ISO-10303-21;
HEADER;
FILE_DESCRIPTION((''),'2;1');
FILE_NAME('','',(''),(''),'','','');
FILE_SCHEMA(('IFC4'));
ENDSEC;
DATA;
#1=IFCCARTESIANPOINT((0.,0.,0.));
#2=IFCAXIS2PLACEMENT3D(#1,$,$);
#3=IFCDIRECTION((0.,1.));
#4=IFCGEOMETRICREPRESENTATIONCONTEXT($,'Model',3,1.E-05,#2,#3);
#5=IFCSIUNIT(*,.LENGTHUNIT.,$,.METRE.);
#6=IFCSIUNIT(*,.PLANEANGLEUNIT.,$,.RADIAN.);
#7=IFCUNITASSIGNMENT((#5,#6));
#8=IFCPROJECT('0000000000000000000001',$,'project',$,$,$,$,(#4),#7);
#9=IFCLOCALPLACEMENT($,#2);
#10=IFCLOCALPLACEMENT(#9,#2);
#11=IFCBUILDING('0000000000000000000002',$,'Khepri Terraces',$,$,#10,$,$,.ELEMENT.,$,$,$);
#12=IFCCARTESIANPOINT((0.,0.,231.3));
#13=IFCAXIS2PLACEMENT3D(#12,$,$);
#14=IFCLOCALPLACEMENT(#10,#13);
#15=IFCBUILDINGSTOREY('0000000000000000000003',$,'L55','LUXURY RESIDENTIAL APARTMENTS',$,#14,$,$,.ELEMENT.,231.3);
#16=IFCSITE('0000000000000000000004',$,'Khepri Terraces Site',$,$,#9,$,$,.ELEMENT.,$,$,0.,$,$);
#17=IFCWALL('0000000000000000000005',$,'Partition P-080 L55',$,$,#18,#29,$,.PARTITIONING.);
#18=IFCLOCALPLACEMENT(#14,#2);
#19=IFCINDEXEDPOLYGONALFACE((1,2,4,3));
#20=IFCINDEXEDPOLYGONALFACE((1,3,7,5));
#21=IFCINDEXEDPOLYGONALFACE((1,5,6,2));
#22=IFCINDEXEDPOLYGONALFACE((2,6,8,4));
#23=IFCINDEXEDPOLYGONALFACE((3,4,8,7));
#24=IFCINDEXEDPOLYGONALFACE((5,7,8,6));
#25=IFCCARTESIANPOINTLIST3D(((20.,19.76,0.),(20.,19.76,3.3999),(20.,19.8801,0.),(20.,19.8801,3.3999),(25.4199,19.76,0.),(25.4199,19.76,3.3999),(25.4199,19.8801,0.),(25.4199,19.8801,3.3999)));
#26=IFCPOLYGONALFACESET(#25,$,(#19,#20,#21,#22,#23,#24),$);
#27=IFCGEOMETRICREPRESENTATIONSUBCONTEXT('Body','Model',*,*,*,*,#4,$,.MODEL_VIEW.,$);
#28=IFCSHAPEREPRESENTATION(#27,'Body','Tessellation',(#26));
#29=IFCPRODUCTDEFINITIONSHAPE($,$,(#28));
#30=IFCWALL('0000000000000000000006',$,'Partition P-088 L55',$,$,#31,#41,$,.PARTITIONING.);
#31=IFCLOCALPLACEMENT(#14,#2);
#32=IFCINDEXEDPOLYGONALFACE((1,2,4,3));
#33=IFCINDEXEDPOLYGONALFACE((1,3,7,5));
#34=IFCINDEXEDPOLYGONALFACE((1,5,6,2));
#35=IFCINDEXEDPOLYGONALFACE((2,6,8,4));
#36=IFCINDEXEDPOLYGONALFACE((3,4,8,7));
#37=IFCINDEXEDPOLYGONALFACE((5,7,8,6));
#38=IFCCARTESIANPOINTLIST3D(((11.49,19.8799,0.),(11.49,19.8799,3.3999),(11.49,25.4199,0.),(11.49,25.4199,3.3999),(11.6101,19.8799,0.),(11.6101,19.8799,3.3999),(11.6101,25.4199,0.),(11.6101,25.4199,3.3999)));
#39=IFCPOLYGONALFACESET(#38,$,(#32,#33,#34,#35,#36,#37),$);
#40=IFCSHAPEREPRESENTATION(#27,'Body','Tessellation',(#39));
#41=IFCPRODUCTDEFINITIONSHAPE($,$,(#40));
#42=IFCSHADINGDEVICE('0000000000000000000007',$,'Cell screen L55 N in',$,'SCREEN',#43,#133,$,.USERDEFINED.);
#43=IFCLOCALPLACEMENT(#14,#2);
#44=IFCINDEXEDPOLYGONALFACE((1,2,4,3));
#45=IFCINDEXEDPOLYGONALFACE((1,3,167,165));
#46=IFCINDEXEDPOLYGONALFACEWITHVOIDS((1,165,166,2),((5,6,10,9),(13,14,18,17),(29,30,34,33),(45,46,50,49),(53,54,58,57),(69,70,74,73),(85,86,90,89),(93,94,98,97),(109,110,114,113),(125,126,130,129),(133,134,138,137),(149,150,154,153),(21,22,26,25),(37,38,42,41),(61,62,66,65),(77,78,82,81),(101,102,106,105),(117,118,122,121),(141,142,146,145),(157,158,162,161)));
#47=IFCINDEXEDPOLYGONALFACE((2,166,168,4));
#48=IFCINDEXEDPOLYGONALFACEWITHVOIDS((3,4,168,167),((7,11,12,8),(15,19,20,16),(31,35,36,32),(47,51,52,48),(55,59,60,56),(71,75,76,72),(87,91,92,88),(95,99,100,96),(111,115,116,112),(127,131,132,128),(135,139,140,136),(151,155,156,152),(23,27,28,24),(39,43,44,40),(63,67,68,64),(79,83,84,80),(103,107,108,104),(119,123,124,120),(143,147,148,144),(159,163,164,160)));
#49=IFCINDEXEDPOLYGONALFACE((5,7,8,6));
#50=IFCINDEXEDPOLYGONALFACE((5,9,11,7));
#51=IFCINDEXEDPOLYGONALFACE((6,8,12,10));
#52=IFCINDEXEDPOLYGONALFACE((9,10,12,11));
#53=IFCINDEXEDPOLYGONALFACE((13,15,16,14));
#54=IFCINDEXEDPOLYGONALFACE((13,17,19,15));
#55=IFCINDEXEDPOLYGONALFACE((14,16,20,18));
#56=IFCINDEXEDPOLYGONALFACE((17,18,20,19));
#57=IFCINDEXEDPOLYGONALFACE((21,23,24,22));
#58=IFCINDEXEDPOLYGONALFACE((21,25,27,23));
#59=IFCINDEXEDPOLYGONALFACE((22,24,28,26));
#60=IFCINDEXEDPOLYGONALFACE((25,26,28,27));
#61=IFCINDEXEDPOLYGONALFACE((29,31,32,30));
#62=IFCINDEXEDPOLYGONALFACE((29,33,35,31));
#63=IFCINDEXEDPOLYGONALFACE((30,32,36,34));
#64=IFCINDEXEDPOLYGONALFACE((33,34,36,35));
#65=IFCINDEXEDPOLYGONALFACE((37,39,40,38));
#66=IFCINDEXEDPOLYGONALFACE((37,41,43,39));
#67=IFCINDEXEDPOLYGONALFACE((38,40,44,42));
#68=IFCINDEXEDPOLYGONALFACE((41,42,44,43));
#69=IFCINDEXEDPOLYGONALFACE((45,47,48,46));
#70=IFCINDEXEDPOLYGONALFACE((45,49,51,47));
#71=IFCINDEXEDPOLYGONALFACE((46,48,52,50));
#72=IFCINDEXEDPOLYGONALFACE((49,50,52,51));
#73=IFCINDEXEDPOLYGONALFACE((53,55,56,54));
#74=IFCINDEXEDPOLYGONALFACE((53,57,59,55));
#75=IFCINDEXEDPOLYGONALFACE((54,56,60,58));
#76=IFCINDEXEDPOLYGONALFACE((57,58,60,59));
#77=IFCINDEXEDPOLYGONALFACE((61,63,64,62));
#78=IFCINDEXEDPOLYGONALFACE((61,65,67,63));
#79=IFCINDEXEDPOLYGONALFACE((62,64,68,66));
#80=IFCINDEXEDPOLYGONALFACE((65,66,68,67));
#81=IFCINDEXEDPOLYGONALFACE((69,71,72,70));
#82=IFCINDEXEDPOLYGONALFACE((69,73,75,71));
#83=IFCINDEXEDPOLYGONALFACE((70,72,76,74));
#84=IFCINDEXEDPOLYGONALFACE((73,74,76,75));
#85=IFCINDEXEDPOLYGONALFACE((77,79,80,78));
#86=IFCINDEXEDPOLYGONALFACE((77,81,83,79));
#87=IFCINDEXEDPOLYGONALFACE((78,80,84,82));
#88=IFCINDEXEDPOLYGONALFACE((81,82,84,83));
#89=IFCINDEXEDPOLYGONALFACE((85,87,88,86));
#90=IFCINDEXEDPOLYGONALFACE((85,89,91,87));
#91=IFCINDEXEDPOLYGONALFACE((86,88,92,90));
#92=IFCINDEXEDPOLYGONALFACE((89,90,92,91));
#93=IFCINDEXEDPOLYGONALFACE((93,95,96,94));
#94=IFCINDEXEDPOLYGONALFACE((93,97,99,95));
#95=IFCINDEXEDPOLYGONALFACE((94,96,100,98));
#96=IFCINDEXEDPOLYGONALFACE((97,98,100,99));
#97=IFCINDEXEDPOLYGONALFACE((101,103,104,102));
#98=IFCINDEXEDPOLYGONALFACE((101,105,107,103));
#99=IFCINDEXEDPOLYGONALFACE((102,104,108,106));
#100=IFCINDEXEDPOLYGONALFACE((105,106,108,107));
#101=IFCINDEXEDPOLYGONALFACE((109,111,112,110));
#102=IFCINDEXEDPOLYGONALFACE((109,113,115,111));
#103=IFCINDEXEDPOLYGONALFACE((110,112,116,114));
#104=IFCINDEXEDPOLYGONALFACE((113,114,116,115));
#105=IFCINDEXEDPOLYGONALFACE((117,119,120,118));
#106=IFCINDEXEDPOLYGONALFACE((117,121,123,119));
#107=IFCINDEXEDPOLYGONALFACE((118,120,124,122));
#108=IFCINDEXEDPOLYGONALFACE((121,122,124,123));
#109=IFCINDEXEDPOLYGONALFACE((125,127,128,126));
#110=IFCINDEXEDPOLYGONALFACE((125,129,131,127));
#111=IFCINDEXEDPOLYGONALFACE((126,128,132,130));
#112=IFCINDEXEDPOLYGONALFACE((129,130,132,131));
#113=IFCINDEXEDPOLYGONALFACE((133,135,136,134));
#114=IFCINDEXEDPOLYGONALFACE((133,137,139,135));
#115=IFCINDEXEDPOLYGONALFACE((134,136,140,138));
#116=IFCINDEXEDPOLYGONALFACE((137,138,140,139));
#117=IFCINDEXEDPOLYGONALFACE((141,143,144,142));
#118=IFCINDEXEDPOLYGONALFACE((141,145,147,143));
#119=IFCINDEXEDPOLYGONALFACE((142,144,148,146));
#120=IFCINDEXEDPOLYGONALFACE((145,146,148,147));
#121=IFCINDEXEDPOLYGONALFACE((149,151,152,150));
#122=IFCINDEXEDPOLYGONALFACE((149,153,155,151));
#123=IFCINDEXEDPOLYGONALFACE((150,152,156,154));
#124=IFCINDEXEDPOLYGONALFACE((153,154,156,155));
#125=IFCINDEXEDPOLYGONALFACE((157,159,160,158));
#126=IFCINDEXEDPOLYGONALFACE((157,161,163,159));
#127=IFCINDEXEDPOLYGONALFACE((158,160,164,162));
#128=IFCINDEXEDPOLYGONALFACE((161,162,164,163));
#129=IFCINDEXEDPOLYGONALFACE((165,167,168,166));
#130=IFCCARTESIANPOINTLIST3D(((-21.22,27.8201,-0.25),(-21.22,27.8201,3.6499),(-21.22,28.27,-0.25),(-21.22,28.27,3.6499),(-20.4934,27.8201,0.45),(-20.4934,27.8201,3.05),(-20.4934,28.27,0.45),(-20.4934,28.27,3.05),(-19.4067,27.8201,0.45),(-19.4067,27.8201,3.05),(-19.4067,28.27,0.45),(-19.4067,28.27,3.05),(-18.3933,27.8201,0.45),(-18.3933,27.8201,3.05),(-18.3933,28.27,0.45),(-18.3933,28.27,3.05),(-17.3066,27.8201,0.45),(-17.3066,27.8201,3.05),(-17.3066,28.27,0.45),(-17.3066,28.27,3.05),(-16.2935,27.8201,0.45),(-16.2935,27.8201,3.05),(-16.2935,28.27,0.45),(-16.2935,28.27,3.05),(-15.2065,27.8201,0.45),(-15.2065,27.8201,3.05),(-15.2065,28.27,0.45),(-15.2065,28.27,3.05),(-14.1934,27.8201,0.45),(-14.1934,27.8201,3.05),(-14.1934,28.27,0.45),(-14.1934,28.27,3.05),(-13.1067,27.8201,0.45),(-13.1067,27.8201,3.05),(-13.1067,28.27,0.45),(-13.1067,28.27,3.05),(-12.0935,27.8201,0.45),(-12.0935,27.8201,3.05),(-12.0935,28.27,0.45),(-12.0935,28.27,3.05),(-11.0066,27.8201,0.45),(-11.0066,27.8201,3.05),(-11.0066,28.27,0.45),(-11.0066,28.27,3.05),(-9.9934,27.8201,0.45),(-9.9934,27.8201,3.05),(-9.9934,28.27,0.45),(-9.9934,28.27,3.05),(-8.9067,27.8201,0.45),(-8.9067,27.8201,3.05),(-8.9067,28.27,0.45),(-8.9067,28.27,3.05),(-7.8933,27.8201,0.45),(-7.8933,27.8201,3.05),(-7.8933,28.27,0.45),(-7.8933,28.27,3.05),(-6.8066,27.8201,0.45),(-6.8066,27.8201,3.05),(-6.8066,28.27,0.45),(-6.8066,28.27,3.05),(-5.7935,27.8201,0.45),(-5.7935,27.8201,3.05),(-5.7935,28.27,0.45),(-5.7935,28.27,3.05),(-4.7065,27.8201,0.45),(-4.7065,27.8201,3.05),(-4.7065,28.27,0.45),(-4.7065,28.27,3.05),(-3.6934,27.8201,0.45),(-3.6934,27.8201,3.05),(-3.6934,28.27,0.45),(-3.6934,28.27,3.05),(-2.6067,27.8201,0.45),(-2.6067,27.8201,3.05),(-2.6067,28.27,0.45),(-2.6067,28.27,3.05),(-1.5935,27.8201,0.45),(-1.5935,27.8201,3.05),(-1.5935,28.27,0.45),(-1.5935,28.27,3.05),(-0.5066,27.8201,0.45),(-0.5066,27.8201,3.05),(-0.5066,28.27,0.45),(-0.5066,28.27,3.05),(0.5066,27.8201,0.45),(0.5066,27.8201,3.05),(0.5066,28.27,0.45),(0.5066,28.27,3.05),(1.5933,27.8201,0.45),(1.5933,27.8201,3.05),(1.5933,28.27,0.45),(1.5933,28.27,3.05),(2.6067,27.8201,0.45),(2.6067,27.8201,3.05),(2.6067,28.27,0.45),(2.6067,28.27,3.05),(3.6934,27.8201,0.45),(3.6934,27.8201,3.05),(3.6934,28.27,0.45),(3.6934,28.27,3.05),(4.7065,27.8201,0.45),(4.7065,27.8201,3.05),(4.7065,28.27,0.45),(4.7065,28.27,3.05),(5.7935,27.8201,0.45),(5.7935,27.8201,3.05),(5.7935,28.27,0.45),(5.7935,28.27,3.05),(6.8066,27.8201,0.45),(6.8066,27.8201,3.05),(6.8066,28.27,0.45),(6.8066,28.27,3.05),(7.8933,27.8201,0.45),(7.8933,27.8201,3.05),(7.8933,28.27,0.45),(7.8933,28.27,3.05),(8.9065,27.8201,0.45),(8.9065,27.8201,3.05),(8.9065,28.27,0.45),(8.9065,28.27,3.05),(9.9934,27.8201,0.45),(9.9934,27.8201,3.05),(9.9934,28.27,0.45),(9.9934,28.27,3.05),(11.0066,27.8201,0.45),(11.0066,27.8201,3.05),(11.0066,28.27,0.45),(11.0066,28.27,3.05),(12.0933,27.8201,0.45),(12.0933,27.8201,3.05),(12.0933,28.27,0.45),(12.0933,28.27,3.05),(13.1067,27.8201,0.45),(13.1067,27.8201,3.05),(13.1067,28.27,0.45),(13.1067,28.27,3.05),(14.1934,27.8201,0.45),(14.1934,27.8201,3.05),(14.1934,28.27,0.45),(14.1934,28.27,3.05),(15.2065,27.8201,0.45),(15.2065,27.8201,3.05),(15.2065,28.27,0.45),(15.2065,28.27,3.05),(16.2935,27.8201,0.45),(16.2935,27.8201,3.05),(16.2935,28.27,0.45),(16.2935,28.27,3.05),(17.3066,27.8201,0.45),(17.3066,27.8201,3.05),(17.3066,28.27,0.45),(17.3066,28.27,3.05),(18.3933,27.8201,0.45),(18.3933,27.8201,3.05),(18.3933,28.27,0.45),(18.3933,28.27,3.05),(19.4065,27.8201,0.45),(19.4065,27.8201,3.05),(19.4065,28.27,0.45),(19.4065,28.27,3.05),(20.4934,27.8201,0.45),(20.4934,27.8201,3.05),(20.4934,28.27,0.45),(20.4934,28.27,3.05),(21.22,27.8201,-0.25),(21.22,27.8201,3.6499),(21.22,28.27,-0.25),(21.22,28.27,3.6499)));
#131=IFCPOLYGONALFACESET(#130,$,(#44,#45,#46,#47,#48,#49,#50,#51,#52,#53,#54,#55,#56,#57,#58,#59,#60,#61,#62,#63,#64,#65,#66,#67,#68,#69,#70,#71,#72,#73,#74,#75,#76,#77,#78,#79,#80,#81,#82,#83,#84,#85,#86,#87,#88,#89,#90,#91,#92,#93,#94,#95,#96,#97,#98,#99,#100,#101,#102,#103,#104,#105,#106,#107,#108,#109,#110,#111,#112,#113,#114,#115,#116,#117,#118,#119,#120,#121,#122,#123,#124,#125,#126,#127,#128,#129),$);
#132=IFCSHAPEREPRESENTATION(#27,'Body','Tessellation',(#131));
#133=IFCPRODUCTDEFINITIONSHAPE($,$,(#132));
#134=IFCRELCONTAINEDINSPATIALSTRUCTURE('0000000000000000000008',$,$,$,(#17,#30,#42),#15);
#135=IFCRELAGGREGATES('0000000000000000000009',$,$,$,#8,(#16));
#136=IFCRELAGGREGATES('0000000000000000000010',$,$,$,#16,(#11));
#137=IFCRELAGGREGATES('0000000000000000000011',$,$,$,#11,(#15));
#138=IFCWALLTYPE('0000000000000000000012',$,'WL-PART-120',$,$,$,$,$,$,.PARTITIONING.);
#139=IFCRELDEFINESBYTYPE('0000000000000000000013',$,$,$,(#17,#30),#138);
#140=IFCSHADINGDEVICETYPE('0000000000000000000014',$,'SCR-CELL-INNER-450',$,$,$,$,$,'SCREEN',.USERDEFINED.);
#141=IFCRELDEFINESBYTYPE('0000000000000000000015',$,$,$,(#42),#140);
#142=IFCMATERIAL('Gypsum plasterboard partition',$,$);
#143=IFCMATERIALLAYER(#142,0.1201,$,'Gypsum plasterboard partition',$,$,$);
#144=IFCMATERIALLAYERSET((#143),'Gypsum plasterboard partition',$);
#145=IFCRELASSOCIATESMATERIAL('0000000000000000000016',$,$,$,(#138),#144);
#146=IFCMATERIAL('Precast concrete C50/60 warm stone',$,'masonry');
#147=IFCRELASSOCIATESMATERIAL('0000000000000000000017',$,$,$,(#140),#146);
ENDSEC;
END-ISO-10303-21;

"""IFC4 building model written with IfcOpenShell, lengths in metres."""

from ifc_helpers import new_model, si_unit, direction, frame, frame_2d, origin, place, context, subcontext, project, spatial, polyline, rectangle, outline, extrude, material, layer, layer_set, type_object, element, save


model = new_model("IFC4")

# Units and contexts
model_context = context("Model", 3, precision=1e-05, world=origin(), true_north=direction((0.0, 1.0)))
body_context = subcontext(model_context, "Body", "Model", "MODEL_VIEW")
ifc_project = project(units=[si_unit("LENGTHUNIT", "METRE"), si_unit("PLANEANGLEUNIT", "RADIAN")], contexts=[model_context])

# Site, building, storey
site_placement = place(None, origin())
site = spatial("IfcSite", under=ifc_project, at=site_placement, Name="Khepri Terraces Site", CompositionType="ELEMENT", RefElevation=0.0)
building_placement = place(site_placement, origin())
building = spatial("IfcBuilding", under=site, at=building_placement, Name="Khepri Terraces", CompositionType="ELEMENT")
storey_placement = place(building_placement, frame((0.0, 0.0, 231.3)))
storey = spatial("IfcBuildingStorey", under=building, at=storey_placement, Name="L55", Description="LUXURY RESIDENTIAL APARTMENTS", CompositionType="ELEMENT", Elevation=231.3)

# Shared definitions
ifc_material_1 = material(Name="Precast concrete C50/60 warm stone", Category="masonry")

# Walls
ifc_material_2 = material(Name="Gypsum plasterboard partition")
ifc_layer_1 = layer(ifc_material_2, 0.1201, Name="Gypsum plasterboard partition")
ifc_layer_set_1 = layer_set([ifc_layer_1], Name="Gypsum plasterboard partition")
wall_type_1 = type_object("IfcWallType", Name="WL-PART-120", PredefinedType="PARTITIONING", material=ifc_layer_set_1)
wall_1_placement = place(storey_placement, frame((20.0, 19.8201, 0.0), z_axis=(0.0, 0.0, 1.0), x_axis=(1.0, 0.0, 0.0)))
element("IfcWall", 1, at=wall_1_placement, inside=storey, type_object=wall_type_1, Name="Partition P-080 L55", PredefinedType="PARTITIONING", context=body_context, shape_type="SweptSolid", body=[
    extrude(rectangle(XDim=5.4199, YDim=0.1201, at=frame_2d((2.71, 0.0))), origin(), (0.0, 0.0, 1.0), 3.3999),
])
wall_2_placement = place(storey_placement, frame((11.55, 19.8799, 0.0), z_axis=(0.0, 0.0, 1.0), x_axis=(0.0, 1.0, 0.0)))
element("IfcWall", 2, at=wall_2_placement, inside=storey, type_object=wall_type_1, Name="Partition P-088 L55", PredefinedType="PARTITIONING", context=body_context, shape_type="SweptSolid", body=[
    extrude(rectangle(XDim=5.54, YDim=0.1201, at=frame_2d((2.77, 0.0))), origin(), (0.0, 0.0, 1.0), 3.3999),
])

# Shading device
shading_device_type_1 = type_object("IfcShadingDeviceType", Name="SCR-CELL-INNER-450", ElementType="SCREEN", PredefinedType="USERDEFINED", material=ifc_material_1)
shading_device_1_placement = place(storey_placement, frame((21.22, 27.8201, -0.25), z_axis=(0.0, 1.0, 0.0), x_axis=(-1.0, 0.0, 0.0)))
element("IfcShadingDevice", 3, at=shading_device_1_placement, inside=storey, type_object=shading_device_type_1, Name="Cell screen L55 N in", ObjectType="SCREEN", PredefinedType="USERDEFINED", context=body_context, shape_type="SweptSolid", body=[
    extrude(outline(polyline([(0.0, 0.0), (42.4399, 0.0), (42.4399, 3.8999), (0.0, 3.8999), (0.0, 0.0)]), holes=[polyline([(0.7266, 0.7), (1.8135, 0.7), (1.8135, 3.3), (0.7266, 3.3), (0.7266, 0.7)]), polyline([(2.8267, 0.7), (3.9133, 0.7), (3.9133, 3.3), (2.8267, 3.3), (2.8267, 0.7)]), polyline([(4.9265, 0.7), (6.0134, 0.7), (6.0134, 3.3), (4.9265, 3.3), (4.9265, 0.7)]), polyline([(7.0266, 0.7), (8.1133, 0.7), (8.1133, 3.3), (7.0266, 3.3), (7.0266, 0.7)]), polyline([(9.1267, 0.7), (10.2134, 0.7), (10.2134, 3.3), (9.1267, 3.3), (9.1267, 0.7)]), polyline([(11.2266, 0.7), (12.3135, 0.7), (12.3135, 3.3), (11.2266, 3.3), (11.2266, 0.7)]), polyline([(13.3267, 0.7), (14.4133, 0.7), (14.4133, 3.3), (13.3267, 3.3), (13.3267, 0.7)]), polyline([(15.4265, 0.7), (16.5134, 0.7), (16.5134, 3.3), (15.4265, 3.3), (15.4265, 0.7)]), polyline([(17.5266, 0.7), (18.6133, 0.7), (18.6133, 3.3), (17.5266, 3.3), (17.5266, 0.7)]), polyline([(19.6267, 0.7), (20.7134, 0.7), (20.7134, 3.3), (19.6267, 3.3), (19.6267, 0.7)]), polyline([(21.7266, 0.7), (22.8135, 0.7), (22.8135, 3.3), (21.7266, 3.3), (21.7266, 0.7)]), polyline([(23.8267, 0.7), (24.9133, 0.7), (24.9133, 3.3), (23.8267, 3.3), (23.8267, 0.7)]), polyline([(25.9265, 0.7), (27.0134, 0.7), (27.0134, 3.3), (25.9265, 3.3), (25.9265, 0.7)]), polyline([(28.0266, 0.7), (29.1133, 0.7), (29.1133, 3.3), (28.0266, 3.3), (28.0266, 0.7)]), polyline([(30.1267, 0.7), (31.2134, 0.7), (31.2134, 3.3), (30.1267, 3.3), (30.1267, 0.7)]), polyline([(32.2266, 0.7), (33.3135, 0.7), (33.3135, 3.3), (32.2266, 3.3), (32.2266, 0.7)]), polyline([(34.3267, 0.7), (35.4133, 0.7), (35.4133, 3.3), (34.3267, 3.3), (34.3267, 0.7)]), polyline([(36.4265, 0.7), (37.5134, 0.7), (37.5134, 3.3), (36.4265, 3.3), (36.4265, 0.7)]), polyline([(38.5266, 0.7), (39.6133, 0.7), (39.6133, 3.3), (38.5266, 3.3), (38.5266, 0.7)]), polyline([(40.6267, 0.7), (41.7134, 0.7), (41.7134, 3.3), (40.6267, 3.3), (40.6267, 0.7)])]), origin(), (0.0, 0.0, 1.0), 0.45),
])

save(model, "model.ifc")
